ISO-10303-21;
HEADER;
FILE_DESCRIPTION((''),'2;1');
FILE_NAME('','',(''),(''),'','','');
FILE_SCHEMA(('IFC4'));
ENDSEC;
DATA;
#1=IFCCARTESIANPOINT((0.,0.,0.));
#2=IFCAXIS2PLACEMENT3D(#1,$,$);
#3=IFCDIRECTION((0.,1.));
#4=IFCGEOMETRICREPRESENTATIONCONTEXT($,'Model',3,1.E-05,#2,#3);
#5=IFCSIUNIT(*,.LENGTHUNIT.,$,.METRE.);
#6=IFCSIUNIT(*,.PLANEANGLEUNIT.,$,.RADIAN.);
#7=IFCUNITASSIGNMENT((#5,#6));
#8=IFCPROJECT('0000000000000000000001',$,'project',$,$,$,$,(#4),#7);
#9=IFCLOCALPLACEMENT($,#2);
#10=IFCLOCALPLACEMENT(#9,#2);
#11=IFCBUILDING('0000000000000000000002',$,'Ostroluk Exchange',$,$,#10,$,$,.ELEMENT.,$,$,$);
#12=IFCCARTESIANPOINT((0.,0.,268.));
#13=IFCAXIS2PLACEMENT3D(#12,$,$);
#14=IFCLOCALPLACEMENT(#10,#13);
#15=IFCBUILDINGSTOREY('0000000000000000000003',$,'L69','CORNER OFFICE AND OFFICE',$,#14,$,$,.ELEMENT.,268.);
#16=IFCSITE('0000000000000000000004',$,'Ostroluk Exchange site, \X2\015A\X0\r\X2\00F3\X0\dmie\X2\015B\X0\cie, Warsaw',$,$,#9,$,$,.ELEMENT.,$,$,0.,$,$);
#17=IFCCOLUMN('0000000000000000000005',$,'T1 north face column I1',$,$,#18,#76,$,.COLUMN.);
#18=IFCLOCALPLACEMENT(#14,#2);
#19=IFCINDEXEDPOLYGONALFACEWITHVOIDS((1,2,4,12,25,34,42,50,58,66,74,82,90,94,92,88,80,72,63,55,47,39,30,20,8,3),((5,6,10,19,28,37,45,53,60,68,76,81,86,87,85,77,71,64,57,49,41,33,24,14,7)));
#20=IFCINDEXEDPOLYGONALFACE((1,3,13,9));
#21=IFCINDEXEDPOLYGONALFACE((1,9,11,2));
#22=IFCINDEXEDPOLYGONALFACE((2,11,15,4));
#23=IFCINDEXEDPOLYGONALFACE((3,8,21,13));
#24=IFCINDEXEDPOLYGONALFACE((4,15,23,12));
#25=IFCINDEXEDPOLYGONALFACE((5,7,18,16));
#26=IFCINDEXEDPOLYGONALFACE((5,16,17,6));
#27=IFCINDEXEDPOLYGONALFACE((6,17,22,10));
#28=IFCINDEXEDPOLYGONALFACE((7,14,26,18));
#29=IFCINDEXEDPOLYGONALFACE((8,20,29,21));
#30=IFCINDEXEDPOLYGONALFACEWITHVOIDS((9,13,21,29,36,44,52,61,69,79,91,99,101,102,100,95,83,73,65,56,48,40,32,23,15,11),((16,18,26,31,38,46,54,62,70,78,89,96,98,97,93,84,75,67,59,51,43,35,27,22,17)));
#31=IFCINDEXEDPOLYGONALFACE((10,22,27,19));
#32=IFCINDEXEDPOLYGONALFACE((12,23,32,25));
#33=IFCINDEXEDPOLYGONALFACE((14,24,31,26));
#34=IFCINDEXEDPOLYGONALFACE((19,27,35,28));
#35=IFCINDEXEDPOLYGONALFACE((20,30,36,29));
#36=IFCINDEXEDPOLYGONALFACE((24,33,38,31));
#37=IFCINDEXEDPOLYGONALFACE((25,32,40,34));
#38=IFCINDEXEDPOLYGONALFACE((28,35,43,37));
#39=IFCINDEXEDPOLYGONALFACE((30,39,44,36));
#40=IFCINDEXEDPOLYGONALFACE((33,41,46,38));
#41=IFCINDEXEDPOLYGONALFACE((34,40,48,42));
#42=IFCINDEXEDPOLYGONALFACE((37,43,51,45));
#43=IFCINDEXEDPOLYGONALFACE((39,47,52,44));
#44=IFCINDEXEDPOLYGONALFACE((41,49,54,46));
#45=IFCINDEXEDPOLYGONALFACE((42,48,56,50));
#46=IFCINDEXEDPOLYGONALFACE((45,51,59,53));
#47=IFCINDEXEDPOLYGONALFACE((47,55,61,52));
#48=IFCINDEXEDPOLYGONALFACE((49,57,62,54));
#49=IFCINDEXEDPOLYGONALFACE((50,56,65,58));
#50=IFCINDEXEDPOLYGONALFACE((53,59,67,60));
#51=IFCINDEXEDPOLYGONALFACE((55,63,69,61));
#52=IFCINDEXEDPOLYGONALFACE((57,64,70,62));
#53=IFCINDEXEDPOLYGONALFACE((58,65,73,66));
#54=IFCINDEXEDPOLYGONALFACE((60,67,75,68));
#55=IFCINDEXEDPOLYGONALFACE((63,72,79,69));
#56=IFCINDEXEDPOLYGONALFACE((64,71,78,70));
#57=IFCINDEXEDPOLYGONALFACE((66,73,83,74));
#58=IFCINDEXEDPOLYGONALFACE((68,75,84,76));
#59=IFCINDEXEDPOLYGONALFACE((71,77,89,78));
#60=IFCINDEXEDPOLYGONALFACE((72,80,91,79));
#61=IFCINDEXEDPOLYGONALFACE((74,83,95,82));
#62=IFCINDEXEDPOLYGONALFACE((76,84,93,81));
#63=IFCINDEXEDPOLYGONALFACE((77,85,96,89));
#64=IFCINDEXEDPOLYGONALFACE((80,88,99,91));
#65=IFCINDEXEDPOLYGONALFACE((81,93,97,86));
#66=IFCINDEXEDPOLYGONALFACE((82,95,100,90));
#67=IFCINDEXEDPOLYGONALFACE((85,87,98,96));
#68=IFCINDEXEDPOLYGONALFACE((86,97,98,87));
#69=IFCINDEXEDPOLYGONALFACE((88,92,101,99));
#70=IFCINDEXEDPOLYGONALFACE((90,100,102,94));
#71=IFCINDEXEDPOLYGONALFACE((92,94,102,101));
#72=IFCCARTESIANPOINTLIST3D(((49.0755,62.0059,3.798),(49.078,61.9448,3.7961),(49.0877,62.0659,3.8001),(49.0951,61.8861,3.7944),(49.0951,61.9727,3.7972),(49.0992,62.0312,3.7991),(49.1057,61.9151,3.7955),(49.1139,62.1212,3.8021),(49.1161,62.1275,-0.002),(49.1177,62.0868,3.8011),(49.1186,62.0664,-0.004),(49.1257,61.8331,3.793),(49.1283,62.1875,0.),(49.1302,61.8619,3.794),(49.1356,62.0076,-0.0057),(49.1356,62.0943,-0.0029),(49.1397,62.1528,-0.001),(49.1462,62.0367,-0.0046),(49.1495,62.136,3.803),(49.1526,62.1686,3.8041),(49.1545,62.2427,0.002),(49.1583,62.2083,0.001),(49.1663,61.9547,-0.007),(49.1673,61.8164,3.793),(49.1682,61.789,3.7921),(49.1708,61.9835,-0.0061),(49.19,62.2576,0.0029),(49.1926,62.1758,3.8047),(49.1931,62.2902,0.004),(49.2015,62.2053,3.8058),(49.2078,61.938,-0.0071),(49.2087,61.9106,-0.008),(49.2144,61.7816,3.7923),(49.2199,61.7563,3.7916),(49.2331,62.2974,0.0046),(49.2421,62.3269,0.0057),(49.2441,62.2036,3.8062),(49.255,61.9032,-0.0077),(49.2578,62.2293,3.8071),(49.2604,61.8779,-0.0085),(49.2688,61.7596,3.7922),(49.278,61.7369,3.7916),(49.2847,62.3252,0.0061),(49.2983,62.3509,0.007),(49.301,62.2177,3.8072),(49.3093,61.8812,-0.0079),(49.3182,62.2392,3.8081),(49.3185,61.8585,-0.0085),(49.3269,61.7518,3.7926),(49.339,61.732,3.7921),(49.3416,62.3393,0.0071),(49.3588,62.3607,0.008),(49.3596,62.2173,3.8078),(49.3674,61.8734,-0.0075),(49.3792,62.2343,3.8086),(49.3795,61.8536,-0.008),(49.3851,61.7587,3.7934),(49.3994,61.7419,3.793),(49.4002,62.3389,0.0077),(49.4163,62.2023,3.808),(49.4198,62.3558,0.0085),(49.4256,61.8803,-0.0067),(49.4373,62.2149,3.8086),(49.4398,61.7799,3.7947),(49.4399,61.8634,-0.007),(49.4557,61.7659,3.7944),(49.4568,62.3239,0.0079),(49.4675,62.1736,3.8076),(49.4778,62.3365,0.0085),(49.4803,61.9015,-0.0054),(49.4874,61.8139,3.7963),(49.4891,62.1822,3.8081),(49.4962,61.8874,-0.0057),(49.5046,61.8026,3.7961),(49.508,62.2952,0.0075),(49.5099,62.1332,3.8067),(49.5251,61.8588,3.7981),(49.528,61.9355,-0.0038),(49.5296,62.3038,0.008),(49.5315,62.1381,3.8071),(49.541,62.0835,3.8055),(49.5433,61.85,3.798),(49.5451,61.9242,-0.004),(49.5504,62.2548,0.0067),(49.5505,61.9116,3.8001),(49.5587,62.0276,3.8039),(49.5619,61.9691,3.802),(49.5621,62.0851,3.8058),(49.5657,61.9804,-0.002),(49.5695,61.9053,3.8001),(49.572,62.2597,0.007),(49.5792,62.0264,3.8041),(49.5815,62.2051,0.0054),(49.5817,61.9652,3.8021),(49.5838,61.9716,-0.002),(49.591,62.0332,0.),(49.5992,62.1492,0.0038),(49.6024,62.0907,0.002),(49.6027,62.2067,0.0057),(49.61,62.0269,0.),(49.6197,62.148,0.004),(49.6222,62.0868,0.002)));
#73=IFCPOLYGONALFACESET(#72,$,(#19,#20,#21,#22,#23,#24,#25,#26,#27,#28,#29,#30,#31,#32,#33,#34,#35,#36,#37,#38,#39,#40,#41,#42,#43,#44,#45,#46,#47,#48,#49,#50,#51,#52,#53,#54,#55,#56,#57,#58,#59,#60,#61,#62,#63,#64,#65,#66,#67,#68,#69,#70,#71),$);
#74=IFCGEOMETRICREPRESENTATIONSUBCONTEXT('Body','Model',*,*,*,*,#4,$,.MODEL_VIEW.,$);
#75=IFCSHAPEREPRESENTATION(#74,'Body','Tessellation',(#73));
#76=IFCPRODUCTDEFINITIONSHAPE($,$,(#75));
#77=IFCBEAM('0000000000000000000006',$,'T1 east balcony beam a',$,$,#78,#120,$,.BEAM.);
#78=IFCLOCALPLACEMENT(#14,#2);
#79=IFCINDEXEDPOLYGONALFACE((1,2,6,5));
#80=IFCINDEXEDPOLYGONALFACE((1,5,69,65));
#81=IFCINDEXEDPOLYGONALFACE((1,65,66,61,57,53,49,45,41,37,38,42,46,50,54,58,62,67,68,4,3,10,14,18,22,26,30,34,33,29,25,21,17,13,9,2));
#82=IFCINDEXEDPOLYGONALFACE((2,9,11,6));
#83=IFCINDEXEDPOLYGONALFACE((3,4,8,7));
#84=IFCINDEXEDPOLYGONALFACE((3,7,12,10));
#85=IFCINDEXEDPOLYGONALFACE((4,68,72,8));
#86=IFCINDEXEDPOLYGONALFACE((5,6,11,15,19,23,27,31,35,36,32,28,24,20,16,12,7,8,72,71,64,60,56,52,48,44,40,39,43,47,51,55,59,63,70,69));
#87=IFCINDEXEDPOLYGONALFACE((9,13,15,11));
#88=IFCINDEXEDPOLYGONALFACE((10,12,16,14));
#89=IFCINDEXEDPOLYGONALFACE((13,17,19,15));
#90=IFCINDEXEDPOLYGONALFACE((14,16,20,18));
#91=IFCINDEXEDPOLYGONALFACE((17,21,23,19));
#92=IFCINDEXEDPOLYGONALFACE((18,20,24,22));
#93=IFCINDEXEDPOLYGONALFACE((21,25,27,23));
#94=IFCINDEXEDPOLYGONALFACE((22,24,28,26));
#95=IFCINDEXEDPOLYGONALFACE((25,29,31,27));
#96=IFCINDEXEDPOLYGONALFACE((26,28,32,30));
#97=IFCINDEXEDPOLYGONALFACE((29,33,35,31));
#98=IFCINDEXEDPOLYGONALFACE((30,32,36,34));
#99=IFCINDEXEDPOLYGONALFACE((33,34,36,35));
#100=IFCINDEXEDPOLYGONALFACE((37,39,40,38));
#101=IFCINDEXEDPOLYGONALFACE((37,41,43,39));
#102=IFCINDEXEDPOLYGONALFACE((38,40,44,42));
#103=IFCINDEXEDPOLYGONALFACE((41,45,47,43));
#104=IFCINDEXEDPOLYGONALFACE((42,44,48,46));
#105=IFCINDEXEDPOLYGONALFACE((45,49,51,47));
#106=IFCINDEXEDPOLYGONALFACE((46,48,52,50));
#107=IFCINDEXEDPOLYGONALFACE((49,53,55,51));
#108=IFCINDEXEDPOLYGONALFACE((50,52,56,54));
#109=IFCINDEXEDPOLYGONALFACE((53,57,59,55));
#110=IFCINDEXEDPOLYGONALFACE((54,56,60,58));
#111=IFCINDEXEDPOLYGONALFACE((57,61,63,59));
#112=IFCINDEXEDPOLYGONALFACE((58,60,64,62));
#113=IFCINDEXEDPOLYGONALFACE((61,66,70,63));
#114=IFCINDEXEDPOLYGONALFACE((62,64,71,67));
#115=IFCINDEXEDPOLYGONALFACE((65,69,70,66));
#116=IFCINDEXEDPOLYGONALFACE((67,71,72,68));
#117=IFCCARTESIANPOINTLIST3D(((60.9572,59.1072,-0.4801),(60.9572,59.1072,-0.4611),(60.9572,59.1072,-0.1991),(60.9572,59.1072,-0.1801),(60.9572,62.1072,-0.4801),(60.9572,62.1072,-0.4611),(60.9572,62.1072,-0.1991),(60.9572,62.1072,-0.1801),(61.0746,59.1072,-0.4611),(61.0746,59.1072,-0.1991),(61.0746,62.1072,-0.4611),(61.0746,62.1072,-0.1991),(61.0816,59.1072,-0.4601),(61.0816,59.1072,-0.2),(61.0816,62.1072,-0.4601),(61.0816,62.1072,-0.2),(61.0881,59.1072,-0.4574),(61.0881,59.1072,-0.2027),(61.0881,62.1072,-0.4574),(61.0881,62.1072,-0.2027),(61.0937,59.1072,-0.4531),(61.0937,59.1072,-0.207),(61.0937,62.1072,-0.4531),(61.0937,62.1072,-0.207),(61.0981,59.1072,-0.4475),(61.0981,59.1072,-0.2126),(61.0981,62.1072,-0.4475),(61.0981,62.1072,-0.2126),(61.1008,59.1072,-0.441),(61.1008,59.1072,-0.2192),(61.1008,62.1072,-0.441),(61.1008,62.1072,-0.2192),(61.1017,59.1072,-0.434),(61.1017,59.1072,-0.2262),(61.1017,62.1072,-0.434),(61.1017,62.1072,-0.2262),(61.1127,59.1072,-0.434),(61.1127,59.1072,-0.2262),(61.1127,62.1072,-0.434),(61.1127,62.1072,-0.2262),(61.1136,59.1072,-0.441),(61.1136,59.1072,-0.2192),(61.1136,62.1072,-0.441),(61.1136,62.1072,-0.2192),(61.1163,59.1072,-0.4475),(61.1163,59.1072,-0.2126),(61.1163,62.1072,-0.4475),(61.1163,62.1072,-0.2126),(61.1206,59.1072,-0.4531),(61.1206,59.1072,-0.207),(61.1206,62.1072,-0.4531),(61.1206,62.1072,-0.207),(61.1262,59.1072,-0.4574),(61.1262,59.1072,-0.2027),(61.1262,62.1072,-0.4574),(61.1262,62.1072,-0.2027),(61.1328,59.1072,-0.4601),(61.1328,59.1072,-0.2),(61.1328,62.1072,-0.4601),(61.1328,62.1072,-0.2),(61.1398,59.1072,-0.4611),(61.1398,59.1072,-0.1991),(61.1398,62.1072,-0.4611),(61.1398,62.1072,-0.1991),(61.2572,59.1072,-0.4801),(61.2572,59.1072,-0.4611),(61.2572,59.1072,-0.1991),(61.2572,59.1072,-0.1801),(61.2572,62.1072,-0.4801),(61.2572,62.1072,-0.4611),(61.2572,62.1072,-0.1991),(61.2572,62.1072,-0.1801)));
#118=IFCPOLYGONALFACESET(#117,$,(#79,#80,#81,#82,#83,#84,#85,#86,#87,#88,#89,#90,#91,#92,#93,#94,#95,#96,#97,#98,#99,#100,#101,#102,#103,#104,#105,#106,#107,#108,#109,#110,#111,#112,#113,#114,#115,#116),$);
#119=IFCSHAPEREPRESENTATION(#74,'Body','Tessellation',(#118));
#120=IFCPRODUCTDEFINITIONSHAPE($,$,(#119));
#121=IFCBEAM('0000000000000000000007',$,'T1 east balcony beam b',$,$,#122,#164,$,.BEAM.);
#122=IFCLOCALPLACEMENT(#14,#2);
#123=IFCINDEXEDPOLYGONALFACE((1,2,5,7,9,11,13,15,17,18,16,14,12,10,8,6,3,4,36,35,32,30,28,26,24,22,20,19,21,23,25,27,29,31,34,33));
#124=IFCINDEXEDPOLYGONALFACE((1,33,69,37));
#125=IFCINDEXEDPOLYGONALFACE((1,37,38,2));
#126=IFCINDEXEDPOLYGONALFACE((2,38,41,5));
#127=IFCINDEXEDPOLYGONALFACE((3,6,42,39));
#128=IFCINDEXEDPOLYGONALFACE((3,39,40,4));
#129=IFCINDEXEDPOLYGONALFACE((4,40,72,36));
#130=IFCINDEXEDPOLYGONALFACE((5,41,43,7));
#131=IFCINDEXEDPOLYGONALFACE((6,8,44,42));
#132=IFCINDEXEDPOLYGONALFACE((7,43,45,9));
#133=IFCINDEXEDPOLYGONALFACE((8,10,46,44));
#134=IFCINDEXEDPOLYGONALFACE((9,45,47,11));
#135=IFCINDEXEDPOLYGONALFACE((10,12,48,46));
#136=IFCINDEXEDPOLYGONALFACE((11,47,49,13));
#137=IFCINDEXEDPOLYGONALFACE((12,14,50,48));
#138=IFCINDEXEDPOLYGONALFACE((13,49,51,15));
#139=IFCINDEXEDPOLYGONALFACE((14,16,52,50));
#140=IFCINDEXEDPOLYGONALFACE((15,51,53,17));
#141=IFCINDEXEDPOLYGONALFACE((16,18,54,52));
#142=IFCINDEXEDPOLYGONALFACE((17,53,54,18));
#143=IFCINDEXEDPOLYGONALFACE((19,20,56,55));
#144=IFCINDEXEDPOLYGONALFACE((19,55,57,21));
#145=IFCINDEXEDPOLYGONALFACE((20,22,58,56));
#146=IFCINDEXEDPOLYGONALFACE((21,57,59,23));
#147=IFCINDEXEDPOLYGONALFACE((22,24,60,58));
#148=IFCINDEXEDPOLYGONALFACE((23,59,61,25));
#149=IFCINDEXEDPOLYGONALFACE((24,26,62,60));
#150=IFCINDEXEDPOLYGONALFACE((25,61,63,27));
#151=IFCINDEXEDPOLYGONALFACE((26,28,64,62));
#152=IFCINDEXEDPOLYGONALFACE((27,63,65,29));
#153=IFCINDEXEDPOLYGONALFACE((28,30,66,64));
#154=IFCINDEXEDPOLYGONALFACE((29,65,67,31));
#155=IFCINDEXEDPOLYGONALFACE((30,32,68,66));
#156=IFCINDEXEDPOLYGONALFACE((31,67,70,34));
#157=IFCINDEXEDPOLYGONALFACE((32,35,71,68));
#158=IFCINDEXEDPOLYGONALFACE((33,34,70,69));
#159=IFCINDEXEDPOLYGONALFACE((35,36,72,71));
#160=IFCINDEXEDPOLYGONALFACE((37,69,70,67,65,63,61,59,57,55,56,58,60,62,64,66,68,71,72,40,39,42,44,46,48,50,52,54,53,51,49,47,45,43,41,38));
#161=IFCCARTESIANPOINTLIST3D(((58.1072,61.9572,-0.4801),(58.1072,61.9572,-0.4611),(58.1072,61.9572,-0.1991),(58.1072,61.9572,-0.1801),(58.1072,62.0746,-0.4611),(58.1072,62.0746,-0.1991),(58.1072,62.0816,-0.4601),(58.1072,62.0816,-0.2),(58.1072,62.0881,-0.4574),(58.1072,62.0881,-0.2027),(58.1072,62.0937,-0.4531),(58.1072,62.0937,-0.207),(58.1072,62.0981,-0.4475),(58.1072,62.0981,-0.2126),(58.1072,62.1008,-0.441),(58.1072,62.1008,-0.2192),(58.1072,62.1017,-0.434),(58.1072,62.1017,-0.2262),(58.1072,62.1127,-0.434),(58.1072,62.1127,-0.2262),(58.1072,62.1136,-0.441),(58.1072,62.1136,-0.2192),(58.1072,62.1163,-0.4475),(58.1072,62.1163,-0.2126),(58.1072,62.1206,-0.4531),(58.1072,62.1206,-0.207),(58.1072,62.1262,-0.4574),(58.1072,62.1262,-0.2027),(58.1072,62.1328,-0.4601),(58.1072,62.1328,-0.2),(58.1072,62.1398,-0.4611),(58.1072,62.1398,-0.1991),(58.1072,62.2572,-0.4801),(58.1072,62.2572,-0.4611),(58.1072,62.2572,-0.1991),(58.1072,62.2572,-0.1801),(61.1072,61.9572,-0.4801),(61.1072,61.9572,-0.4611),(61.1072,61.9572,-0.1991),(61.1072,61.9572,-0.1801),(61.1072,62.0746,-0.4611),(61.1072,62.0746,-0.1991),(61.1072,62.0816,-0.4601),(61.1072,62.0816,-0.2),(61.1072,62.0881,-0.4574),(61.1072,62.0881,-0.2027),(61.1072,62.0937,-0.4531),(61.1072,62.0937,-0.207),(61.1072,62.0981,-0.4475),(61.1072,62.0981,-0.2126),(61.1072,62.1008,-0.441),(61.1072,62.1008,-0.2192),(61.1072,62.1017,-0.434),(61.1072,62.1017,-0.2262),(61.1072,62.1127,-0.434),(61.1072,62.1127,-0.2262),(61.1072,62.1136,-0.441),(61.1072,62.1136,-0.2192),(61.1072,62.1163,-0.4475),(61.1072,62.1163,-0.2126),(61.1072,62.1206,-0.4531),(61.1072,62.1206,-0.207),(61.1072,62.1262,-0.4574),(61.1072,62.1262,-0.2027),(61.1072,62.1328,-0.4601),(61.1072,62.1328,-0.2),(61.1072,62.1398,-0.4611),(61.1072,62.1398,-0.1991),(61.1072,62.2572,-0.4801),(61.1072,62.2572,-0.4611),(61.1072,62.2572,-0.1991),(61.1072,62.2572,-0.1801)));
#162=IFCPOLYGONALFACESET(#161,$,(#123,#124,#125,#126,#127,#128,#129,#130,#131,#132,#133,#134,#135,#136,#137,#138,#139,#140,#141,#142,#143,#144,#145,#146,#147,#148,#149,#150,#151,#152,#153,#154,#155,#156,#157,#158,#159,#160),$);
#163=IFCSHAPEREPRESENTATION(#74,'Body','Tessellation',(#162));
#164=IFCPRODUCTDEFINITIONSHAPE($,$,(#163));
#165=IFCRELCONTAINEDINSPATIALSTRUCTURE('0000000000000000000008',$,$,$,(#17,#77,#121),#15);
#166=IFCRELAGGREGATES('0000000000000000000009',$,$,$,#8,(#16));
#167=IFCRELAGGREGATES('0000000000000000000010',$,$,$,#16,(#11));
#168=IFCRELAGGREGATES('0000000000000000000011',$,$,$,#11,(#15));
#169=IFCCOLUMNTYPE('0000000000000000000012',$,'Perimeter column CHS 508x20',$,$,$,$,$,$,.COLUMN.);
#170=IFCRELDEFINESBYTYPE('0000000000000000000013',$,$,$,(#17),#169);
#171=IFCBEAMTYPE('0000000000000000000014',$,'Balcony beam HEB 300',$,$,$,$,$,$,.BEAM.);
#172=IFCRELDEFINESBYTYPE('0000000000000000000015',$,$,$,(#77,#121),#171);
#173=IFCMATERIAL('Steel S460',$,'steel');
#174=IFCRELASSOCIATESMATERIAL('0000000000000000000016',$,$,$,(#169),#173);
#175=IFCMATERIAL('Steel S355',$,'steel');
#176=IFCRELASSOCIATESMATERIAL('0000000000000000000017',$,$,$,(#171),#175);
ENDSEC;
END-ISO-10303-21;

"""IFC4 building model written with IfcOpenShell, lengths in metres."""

from ifc_helpers import new_model, si_unit, direction, frame, origin, origin_2d, place, context, subcontext, project, spatial, hollow_circle, i_section, extrude, material, material_profile, profile_set, type_object, element, save


model = new_model("IFC4")

# Units and contexts
model_context = context("Model", 3, precision=1e-05, world=origin(), true_north=direction((0.0, 1.0)))
body_context = subcontext(model_context, "Body", "Model", "MODEL_VIEW")
ifc_project = project(units=[si_unit("LENGTHUNIT", "METRE"), si_unit("PLANEANGLEUNIT", "RADIAN")], contexts=[model_context])

# Site, building, storey
site_placement = place(None, origin())
site = spatial("IfcSite", under=ifc_project, at=site_placement, Name="Ostroluk Exchange site, Śródmieście, Warsaw", CompositionType="ELEMENT", RefElevation=0.0)
building_placement = place(site_placement, origin())
building = spatial("IfcBuilding", under=site, at=building_placement, Name="Ostroluk Exchange", CompositionType="ELEMENT")
storey_placement = place(building_placement, frame((0.0, 0.0, 268.0)))
storey = spatial("IfcBuildingStorey", under=building, at=storey_placement, Name="L69", Description="CORNER OFFICE AND OFFICE", CompositionType="ELEMENT", Elevation=268.0)

# Column
ifc_material_1 = material(Name="Steel S460", Category="steel")
ifc_material_profile_1 = material_profile(ifc_material_1, hollow_circle(Radius=0.2539, WallThickness=0.02, at=origin_2d()), Name="CHS 508x20")
ifc_profile_set_1 = profile_set([ifc_material_profile_1], Name="Steel S460")
column_type_1 = type_object("IfcColumnType", Name="Perimeter column CHS 508x20", PredefinedType="COLUMN", material=ifc_profile_set_1)
column_1_placement = place(storey_placement, frame((49.3691, 62.1072, 0.0), z_axis=(-0.010659, -0.031977, 0.999432), x_axis=(0.948683, -0.316228, 0.0)))
element("IfcColumn", 1, at=column_1_placement, inside=storey, type_object=column_type_1, Name="T1 north face column I1", PredefinedType="COLUMN", context=body_context, shape_type="SweptSolid", body=[
    extrude(hollow_circle(Radius=0.2539, WallThickness=0.02, at=origin_2d()), origin(), (0.0, 0.0, 1.0), 3.8022),
])

# Beams
ifc_material_2 = material(Name="Steel S355", Category="steel")
ifc_material_profile_2 = material_profile(ifc_material_2, i_section(OverallWidth=0.3, OverallDepth=0.3, WebThickness=0.011, FlangeThickness=0.019, FilletRadius=0.0271, at=origin_2d()), Name="HEB 300")
ifc_profile_set_2 = profile_set([ifc_material_profile_2], Name="Steel S355")
beam_type_1 = type_object("IfcBeamType", Name="Balcony beam HEB 300", PredefinedType="BEAM", material=ifc_profile_set_2)
for number, where, z_axis, x_axis, name in (
    (2, (61.1072, 59.1072, -0.3301), (0.0, 1.0, 0.0), (-1.0, 0.0, 0.0), "T1 east balcony beam a"),
    (3, (58.1072, 62.1072, -0.3301), (1.0, 0.0, 0.0), (0.0, 1.0, 0.0), "T1 east balcony beam b"),
):
    element("IfcBeam", number, at=place(storey_placement, frame(where, z_axis=z_axis, x_axis=x_axis)), inside=storey, type_object=beam_type_1, Name=name, PredefinedType="BEAM", context=body_context, shape_type="SweptSolid", body=[
        extrude(i_section(OverallWidth=0.3, OverallDepth=0.3, WebThickness=0.011, FlangeThickness=0.019, FilletRadius=0.0271, at=origin_2d()), origin(), (0.0, 0.0, 1.0), 3.0),
    ])

save(model, "model.ifc")
